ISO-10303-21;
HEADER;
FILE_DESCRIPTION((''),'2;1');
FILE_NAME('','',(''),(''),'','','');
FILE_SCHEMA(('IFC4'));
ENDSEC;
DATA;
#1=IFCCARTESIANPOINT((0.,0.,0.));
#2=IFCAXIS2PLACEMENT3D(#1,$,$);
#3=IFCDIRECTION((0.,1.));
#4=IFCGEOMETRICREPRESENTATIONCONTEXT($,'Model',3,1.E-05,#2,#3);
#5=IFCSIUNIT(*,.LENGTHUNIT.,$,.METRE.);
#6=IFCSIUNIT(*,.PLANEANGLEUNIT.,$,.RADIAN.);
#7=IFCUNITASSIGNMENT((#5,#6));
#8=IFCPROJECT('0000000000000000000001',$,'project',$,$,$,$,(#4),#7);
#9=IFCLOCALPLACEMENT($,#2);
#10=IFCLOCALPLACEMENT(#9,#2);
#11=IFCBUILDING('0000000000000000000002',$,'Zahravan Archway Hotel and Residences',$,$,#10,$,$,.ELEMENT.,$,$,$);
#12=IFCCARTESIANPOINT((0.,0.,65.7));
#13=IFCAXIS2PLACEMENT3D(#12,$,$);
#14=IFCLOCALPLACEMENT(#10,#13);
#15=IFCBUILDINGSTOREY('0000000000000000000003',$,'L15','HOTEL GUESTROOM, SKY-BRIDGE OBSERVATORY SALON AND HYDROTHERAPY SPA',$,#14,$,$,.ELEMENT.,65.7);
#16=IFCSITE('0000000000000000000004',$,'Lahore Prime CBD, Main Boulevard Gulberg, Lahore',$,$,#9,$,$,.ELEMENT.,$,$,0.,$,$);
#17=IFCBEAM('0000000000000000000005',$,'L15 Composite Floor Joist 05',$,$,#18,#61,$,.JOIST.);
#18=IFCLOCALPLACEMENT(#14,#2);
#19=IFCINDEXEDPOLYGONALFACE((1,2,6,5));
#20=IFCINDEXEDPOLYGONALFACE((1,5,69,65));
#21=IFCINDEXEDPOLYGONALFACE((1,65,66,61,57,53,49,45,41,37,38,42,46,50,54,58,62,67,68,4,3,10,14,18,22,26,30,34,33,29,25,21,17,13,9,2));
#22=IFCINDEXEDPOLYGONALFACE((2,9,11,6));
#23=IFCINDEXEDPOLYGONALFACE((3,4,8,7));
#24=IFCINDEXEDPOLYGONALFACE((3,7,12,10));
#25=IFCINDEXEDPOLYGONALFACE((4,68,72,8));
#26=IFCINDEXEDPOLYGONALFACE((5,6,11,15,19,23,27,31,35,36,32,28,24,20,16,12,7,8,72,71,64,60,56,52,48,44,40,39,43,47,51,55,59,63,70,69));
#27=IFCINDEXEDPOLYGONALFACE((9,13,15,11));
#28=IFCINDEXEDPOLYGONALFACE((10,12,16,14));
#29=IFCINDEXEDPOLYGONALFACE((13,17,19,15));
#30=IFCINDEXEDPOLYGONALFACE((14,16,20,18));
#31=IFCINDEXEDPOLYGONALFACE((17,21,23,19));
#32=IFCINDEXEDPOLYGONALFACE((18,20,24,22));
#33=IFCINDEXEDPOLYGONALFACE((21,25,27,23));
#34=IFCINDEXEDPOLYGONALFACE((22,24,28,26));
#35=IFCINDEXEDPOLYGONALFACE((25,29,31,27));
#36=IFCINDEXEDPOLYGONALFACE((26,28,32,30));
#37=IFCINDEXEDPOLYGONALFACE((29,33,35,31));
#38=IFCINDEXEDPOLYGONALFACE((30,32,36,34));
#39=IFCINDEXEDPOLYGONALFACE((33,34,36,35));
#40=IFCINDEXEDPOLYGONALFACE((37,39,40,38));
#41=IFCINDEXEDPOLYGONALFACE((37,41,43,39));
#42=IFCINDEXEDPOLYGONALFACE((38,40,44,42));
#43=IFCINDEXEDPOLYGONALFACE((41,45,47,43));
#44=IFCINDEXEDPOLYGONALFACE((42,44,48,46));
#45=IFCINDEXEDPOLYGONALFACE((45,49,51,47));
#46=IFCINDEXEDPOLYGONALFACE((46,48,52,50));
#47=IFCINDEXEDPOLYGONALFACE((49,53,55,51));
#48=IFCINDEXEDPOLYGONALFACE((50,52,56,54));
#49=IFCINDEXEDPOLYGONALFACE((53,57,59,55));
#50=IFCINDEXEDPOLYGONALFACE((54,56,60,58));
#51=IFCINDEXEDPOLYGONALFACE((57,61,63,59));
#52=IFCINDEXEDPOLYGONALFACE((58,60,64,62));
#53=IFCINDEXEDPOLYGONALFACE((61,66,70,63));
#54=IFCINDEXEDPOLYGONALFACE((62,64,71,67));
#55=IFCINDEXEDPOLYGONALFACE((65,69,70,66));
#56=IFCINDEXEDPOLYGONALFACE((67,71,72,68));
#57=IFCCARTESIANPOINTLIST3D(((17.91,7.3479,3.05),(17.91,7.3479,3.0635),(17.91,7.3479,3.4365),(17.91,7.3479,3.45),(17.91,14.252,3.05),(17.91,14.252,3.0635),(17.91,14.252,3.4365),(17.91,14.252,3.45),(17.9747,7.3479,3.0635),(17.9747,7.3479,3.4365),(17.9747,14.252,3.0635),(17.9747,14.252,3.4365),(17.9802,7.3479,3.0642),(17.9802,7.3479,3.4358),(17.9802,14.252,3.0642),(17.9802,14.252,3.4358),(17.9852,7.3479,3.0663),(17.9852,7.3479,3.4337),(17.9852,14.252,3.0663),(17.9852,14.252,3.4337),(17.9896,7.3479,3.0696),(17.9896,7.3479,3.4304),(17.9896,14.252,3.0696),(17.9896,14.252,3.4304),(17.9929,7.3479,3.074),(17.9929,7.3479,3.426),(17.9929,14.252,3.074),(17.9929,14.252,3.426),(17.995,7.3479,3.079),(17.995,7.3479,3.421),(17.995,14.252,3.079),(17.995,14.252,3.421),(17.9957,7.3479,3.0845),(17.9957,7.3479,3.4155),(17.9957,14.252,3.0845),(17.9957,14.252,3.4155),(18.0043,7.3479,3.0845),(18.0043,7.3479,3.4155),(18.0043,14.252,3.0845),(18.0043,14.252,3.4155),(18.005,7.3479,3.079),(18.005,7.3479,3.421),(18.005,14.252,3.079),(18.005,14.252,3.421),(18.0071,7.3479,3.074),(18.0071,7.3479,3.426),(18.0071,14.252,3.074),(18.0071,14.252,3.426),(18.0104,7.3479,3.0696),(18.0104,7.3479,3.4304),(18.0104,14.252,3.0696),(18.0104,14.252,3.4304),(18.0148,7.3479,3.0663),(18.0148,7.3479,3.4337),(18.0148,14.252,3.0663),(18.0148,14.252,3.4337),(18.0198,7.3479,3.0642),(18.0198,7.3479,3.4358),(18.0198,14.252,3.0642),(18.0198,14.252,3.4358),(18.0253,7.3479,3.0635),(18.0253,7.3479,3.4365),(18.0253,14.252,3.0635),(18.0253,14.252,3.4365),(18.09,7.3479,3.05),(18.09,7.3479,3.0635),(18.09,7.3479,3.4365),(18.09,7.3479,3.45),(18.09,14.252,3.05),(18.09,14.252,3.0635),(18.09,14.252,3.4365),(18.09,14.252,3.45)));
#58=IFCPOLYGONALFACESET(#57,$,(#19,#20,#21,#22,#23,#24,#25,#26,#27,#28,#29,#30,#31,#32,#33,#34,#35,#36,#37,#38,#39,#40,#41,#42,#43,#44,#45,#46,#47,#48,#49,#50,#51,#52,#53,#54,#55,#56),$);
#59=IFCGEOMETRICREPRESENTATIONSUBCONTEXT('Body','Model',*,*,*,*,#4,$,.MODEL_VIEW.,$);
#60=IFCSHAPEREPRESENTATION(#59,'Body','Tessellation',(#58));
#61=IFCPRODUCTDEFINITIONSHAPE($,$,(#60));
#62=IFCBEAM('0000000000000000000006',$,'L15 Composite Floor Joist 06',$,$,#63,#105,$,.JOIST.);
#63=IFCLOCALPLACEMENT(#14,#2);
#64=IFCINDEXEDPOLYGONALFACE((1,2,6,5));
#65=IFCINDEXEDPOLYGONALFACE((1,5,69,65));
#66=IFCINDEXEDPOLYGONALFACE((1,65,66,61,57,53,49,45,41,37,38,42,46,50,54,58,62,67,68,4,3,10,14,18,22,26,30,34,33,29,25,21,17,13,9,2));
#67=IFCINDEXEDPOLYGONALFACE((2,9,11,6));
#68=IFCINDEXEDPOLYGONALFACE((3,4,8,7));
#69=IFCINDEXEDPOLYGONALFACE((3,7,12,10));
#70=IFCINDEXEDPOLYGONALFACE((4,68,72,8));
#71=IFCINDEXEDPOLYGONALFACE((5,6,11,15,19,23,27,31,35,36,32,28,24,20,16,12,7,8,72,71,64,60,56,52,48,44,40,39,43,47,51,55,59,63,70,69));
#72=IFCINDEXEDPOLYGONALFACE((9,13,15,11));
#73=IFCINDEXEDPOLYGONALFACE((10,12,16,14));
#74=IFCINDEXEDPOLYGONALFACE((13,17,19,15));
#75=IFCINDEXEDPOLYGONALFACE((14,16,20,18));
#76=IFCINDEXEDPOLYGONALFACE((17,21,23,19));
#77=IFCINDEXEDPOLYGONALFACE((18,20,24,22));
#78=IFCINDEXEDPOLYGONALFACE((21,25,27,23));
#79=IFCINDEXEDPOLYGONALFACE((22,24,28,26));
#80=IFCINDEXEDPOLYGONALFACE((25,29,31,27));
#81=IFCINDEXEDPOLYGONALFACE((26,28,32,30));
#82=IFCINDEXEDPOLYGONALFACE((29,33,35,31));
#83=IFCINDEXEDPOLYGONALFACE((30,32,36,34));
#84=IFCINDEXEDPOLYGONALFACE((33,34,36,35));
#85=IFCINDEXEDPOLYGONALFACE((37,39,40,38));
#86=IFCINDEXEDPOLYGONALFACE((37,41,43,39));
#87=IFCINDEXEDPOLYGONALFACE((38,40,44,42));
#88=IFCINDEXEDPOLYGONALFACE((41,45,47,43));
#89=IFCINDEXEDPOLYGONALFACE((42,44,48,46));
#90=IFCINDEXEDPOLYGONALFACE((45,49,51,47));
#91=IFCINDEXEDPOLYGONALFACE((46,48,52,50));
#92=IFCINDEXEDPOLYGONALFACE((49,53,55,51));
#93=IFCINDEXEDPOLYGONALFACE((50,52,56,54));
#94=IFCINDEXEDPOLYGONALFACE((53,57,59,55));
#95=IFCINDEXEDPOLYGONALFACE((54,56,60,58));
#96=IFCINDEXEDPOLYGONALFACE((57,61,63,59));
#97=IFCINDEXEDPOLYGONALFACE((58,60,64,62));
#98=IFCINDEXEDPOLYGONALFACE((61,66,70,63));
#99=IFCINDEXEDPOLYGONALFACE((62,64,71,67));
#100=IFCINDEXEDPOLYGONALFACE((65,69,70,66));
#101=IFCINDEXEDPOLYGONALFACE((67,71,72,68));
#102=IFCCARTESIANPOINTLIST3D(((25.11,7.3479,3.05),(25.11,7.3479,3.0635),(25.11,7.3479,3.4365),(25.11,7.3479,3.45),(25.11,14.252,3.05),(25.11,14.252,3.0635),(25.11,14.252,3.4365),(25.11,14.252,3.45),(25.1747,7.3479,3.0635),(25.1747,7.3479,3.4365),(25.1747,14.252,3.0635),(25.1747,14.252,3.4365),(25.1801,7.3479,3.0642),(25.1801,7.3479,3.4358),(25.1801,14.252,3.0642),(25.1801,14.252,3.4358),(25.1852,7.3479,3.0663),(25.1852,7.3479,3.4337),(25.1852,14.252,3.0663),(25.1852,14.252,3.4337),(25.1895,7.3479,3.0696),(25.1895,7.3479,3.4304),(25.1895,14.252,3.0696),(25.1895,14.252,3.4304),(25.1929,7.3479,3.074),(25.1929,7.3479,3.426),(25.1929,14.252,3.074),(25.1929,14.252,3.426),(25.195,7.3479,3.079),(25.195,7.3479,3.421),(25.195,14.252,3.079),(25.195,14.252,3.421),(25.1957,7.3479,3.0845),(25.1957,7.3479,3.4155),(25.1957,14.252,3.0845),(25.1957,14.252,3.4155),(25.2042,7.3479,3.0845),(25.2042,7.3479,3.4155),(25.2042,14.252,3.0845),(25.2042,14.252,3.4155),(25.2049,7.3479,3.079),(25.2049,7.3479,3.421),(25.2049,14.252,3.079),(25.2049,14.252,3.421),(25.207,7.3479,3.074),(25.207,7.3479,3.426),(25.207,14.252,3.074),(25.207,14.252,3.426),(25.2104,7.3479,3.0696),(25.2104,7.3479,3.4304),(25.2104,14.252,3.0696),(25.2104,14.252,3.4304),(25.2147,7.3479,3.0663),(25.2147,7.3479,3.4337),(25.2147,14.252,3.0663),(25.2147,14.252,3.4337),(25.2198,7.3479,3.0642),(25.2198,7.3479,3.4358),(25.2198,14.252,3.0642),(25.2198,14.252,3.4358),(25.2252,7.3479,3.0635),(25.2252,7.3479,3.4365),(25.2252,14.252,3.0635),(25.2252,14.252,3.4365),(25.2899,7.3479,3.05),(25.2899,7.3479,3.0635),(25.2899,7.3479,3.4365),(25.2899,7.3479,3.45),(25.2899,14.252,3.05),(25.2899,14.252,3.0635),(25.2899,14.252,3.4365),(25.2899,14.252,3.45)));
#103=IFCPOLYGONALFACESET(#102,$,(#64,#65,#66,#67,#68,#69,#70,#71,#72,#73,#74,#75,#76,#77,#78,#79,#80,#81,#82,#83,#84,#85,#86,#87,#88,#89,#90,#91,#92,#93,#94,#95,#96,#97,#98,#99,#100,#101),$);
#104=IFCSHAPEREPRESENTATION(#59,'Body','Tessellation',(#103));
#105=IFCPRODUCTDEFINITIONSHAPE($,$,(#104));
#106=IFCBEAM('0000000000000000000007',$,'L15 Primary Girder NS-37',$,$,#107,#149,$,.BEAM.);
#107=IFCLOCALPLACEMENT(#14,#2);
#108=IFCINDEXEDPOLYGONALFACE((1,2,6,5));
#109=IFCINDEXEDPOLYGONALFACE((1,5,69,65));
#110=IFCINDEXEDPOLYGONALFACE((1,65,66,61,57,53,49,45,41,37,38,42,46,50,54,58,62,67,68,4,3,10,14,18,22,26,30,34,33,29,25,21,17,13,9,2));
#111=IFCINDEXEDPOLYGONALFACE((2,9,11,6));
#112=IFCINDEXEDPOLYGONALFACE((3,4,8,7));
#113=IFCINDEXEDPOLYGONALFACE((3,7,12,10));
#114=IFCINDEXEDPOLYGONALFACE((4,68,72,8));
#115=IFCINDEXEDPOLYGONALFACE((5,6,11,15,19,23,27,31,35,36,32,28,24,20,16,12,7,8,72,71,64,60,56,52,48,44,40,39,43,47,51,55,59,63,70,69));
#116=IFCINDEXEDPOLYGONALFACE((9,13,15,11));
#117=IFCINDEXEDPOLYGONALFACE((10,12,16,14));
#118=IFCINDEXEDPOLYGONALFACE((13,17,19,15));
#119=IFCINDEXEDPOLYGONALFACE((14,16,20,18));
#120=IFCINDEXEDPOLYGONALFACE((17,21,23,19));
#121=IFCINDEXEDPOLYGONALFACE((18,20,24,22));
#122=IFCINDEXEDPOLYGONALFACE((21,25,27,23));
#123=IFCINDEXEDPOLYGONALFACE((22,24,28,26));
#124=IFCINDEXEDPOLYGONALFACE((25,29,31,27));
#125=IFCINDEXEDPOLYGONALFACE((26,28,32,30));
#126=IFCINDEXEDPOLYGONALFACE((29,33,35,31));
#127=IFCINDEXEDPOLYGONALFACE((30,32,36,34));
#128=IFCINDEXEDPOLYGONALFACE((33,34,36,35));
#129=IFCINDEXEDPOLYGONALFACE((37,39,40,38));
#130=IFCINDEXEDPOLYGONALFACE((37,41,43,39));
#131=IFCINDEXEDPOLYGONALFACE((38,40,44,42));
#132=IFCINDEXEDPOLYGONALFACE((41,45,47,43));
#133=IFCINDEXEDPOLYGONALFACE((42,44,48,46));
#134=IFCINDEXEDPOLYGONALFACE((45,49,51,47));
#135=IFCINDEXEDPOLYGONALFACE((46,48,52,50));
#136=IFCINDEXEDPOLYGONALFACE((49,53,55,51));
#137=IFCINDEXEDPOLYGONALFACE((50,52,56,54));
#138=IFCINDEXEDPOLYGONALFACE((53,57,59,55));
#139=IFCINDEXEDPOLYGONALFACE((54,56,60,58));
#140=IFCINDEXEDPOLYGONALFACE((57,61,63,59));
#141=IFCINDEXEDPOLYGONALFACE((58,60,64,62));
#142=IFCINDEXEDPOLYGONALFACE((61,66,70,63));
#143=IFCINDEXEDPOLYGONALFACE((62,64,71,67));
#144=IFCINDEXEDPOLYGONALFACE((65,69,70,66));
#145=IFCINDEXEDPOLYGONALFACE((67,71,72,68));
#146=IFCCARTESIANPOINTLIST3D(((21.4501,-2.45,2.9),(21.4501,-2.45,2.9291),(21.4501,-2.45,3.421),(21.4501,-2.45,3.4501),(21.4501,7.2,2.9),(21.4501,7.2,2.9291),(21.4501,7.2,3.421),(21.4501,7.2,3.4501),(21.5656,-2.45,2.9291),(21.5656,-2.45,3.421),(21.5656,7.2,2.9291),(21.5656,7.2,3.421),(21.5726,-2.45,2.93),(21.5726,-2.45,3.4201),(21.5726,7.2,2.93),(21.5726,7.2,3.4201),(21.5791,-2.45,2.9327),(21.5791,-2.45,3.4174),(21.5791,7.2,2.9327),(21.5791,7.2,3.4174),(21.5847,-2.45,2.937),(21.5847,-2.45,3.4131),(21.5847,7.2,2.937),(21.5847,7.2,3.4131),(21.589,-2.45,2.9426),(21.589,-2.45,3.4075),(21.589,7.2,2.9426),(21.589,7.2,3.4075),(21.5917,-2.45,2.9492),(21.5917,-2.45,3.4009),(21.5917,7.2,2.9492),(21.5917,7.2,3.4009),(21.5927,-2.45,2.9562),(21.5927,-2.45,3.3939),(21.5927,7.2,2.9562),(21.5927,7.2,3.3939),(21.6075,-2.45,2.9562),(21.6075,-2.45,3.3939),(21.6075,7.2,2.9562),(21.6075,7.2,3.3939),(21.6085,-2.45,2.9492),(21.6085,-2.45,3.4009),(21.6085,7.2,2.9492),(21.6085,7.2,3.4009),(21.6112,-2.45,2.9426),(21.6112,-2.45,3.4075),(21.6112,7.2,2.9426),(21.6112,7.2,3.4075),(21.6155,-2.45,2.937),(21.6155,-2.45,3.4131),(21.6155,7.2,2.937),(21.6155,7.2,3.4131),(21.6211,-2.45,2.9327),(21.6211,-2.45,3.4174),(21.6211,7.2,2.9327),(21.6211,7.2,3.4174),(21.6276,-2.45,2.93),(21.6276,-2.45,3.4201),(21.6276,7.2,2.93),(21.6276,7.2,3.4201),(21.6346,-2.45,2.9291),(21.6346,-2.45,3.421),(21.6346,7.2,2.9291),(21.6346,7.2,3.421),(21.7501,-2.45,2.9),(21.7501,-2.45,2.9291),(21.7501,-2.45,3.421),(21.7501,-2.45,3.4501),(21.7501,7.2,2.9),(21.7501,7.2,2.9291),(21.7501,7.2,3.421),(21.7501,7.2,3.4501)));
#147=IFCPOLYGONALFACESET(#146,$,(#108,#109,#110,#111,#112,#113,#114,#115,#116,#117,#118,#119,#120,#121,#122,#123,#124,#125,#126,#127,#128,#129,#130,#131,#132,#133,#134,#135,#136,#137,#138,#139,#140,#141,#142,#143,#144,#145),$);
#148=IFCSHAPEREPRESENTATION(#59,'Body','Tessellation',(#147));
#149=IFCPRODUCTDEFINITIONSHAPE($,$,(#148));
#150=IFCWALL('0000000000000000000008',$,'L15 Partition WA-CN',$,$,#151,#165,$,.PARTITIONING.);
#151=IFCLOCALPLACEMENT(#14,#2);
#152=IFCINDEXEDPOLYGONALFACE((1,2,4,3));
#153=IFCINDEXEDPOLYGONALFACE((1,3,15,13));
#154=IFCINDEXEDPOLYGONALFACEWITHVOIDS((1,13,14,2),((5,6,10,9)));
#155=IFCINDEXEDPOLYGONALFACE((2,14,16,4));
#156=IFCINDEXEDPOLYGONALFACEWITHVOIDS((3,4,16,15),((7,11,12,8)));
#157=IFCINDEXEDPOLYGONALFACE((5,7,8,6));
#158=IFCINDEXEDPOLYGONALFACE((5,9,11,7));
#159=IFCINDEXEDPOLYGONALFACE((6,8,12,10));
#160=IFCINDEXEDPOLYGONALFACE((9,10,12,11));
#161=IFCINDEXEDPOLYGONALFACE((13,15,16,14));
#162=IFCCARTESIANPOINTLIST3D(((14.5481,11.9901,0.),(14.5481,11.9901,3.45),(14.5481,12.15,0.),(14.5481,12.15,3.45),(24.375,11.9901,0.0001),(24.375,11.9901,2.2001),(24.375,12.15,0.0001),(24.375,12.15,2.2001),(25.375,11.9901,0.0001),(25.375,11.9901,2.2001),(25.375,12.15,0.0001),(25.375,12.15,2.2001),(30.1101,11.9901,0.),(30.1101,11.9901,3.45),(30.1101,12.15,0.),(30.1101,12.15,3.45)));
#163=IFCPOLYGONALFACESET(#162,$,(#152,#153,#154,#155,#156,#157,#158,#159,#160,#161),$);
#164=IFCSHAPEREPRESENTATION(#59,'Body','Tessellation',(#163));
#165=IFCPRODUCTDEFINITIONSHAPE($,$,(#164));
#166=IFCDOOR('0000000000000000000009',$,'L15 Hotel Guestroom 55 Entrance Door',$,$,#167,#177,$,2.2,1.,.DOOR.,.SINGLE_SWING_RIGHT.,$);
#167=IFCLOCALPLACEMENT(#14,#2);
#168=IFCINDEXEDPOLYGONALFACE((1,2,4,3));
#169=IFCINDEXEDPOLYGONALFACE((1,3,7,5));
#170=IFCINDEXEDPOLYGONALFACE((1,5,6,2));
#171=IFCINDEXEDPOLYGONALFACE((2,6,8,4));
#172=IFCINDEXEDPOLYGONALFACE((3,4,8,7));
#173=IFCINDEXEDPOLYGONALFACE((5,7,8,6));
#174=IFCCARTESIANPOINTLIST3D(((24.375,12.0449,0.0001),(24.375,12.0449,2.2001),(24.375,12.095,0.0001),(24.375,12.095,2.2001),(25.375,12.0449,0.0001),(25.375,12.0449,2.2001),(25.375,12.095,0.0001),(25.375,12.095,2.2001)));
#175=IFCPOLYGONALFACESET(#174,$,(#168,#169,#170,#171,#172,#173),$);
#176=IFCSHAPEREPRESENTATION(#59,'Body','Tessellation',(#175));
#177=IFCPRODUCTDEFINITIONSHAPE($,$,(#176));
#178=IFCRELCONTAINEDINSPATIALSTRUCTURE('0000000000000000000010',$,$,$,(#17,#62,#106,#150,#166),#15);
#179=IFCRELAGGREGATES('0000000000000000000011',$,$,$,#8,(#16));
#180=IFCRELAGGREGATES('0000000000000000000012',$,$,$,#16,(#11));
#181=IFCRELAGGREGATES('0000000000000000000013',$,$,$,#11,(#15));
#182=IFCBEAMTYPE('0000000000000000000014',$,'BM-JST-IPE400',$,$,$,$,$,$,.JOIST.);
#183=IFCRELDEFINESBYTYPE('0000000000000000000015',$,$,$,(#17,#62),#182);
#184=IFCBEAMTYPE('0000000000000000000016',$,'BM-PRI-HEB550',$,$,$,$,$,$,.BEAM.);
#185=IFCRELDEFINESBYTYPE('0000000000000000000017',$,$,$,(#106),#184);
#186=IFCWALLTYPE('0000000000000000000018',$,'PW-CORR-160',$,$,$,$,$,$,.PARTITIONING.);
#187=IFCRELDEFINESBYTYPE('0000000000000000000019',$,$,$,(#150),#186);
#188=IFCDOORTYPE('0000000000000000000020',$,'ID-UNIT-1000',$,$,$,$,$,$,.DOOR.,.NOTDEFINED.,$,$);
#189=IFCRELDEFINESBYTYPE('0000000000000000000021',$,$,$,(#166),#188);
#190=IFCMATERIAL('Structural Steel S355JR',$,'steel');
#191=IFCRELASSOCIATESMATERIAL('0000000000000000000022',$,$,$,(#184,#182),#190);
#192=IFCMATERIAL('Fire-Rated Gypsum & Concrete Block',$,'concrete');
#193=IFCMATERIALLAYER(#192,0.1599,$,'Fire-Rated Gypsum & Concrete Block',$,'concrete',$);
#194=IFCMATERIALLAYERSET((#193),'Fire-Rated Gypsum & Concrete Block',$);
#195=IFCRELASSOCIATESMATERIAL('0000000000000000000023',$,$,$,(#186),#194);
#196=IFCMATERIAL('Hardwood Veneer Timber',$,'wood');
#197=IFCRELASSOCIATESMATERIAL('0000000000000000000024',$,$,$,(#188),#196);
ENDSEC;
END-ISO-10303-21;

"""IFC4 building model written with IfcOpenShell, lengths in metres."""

from ifc_helpers import new_model, si_unit, direction, frame, frame_2d, origin, origin_2d, place, context, subcontext, project, spatial, rectangle, i_section, extrude, source, transform, mapped, material, layer, layer_set, material_profile, profile_set, type_object, type_shapes, element, fill, save


model = new_model("IFC4")

# Units and contexts
model_context = context("Model", 3, precision=1e-05, world=origin(), true_north=direction((0.0, 1.0)))
body_context = subcontext(model_context, "Body", "Model", "MODEL_VIEW")
ifc_project = project(units=[si_unit("LENGTHUNIT", "METRE"), si_unit("PLANEANGLEUNIT", "RADIAN")], contexts=[model_context])

# Site, building, storey
site_placement = place(None, origin())
site = spatial("IfcSite", under=ifc_project, at=site_placement, Name="Lahore Prime CBD, Main Boulevard Gulberg, Lahore", CompositionType="ELEMENT", RefElevation=0.0)
building_placement = place(site_placement, origin())
building = spatial("IfcBuilding", under=site, at=building_placement, Name="Zahravan Archway Hotel and Residences", CompositionType="ELEMENT")
storey_placement = place(building_placement, frame((0.0, 0.0, 65.7)))
storey = spatial("IfcBuildingStorey", under=building, at=storey_placement, Name="L15", Description="HOTEL GUESTROOM, SKY-BRIDGE OBSERVATORY SALON AND HYDROTHERAPY SPA", CompositionType="ELEMENT", Elevation=65.7)

# Beams
ifc_material_1 = material(Name="Structural Steel S355JR", Category="steel")
ifc_material_profile_1 = material_profile(ifc_material_1, i_section(OverallWidth=0.3, OverallDepth=0.55, WebThickness=0.0149, FlangeThickness=0.0291, FilletRadius=0.0271, at=origin_2d()), Name="HEB 550", Category="steel")
ifc_profile_set_1 = profile_set([ifc_material_profile_1], Name="Structural Steel S355JR")
beam_type_1 = type_object("IfcBeamType", Name="BM-PRI-HEB550", PredefinedType="BEAM", material=ifc_profile_set_1)
ifc_material_profile_2 = material_profile(ifc_material_1, i_section(OverallWidth=0.1799, OverallDepth=0.3999, WebThickness=0.0085, FlangeThickness=0.0134, FilletRadius=0.021, at=origin_2d()), Name="IPE 400", Category="steel")
ifc_profile_set_2 = profile_set([ifc_material_profile_2], Name="Structural Steel S355JR")
beam_type_2 = type_object("IfcBeamType", Name="BM-JST-IPE400", PredefinedType="JOIST", material=ifc_profile_set_2)
shared_shape_1 = source(origin(), body_context, "Body", "SweptSolid", [
    extrude(i_section(OverallWidth=0.1799, OverallDepth=0.3999, WebThickness=0.0085, FlangeThickness=0.0134, FilletRadius=0.021, at=origin_2d()), origin(), (0.0, 0.0, 1.0), 6.9041),
])
type_shapes(beam_type_2, [shared_shape_1])
for number, where, z_axis, x_axis, name in (
    (1, (18.0, 7.3479, 3.25), (0.0, 1.0, 0.0), (-1.0, 0.0, 0.0), "L15 Composite Floor Joist 05"),
    (2, (25.2, 7.3479, 3.25), (0.0, 1.0, 0.0), (-1.0, 0.0, 0.0), "L15 Composite Floor Joist 06"),
):
    element("IfcBeam", number, at=place(storey_placement, frame(where, z_axis=z_axis, x_axis=x_axis)), inside=storey, type_object=beam_type_2, Name=name, PredefinedType="JOIST", context=body_context, shape_type="MappedRepresentation", body=[
        mapped(shared_shape_1, transform((0.0, 0.0, 0.0), scale=1.0)),
    ])
shared_shape_2 = source(origin(), body_context, "Body", "SweptSolid", [
    extrude(i_section(OverallWidth=0.3, OverallDepth=0.55, WebThickness=0.0149, FlangeThickness=0.0291, FilletRadius=0.0271, at=origin_2d()), origin(), (0.0, 0.0, 1.0), 9.6499),
])
beam_1_placement = place(storey_placement, frame((21.6001, -2.45, 3.175), z_axis=(0.0, 1.0, 0.0), x_axis=(-1.0, 0.0, 0.0)))
element("IfcBeam", 3, at=beam_1_placement, inside=storey, type_object=beam_type_1, Name="L15 Primary Girder NS-37", PredefinedType="BEAM", context=body_context, shape_type="MappedRepresentation", body=[
    mapped(shared_shape_2, transform((0.0, 0.0, 0.0), scale=1.0)),
])

# Wall, opening, door
ifc_material_2 = material(Name="Fire-Rated Gypsum & Concrete Block", Category="concrete")
ifc_layer_1 = layer(ifc_material_2, 0.1599, Name="Fire-Rated Gypsum & Concrete Block", Category="concrete")
ifc_layer_set_1 = layer_set([ifc_layer_1], Name="Fire-Rated Gypsum & Concrete Block")
wall_type_1 = type_object("IfcWallType", Name="PW-CORR-160", PredefinedType="PARTITIONING", material=ifc_layer_set_1)
wall_1_placement = place(storey_placement, frame((14.5481, 12.0701, 0.0), z_axis=(0.0, 0.0, 1.0), x_axis=(1.0, 0.0, 0.0)))
wall_1 = element("IfcWall", 4, at=wall_1_placement, inside=storey, type_object=wall_type_1, Name="L15 Partition WA-CN", PredefinedType="PARTITIONING", context=body_context, shape_type="SweptSolid", body=[
    extrude(rectangle(XDim=15.562, YDim=0.1599, at=frame_2d((7.781, 0.0))), origin(), (0.0, 0.0, 1.0), 3.45),
])
opening_1_placement = place(wall_1_placement, frame((9.8269, 0.0, 0.0)))
opening_1 = element("IfcOpeningElement", 5, at=opening_1_placement, cuts=wall_1, PredefinedType="OPENING", context=body_context, shape_type="SweptSolid", body=[
    extrude(rectangle(XDim=1.0, YDim=2.2, at=frame_2d((0.5, 1.1001))), frame((0.0, 0.0898, 0.0), z_axis=(0.0, -1.0, 0.0), x_axis=(1.0, 0.0, 0.0)), (0.0, 0.0, 1.0), 0.1799),
])
ifc_material_3 = material(Name="Hardwood Veneer Timber", Category="wood")
door_type_1 = type_object("IfcDoorType", Name="ID-UNIT-1000", OperationType="NOTDEFINED", PredefinedType="DOOR", material=ifc_material_3)
shared_shape_3 = source(origin(), body_context, "Body", "SweptSolid", [
    extrude(rectangle(XDim=1.0, YDim=2.2, at=frame_2d((0.5, 1.1001))), frame((0.0, 0.0249, 0.0), z_axis=(0.0, -1.0, 0.0), x_axis=(1.0, 0.0, 0.0)), (0.0, 0.0, 1.0), 0.05),
])
type_shapes(door_type_1, [shared_shape_3])
door_1_placement = place(opening_1_placement, origin())
door_1 = element("IfcDoor", 6, at=door_1_placement, inside=storey, type_object=door_type_1, Name="L15 Hotel Guestroom 55 Entrance Door", OperationType="SINGLE_SWING_RIGHT", OverallHeight=2.2, OverallWidth=1.0, PredefinedType="DOOR", context=body_context, shape_type="MappedRepresentation", body=[
    mapped(shared_shape_3, transform((0.0, 0.0, 0.0), scale=1.0)),
])
fill(opening_1, door_1)

save(model, "model.ifc")
